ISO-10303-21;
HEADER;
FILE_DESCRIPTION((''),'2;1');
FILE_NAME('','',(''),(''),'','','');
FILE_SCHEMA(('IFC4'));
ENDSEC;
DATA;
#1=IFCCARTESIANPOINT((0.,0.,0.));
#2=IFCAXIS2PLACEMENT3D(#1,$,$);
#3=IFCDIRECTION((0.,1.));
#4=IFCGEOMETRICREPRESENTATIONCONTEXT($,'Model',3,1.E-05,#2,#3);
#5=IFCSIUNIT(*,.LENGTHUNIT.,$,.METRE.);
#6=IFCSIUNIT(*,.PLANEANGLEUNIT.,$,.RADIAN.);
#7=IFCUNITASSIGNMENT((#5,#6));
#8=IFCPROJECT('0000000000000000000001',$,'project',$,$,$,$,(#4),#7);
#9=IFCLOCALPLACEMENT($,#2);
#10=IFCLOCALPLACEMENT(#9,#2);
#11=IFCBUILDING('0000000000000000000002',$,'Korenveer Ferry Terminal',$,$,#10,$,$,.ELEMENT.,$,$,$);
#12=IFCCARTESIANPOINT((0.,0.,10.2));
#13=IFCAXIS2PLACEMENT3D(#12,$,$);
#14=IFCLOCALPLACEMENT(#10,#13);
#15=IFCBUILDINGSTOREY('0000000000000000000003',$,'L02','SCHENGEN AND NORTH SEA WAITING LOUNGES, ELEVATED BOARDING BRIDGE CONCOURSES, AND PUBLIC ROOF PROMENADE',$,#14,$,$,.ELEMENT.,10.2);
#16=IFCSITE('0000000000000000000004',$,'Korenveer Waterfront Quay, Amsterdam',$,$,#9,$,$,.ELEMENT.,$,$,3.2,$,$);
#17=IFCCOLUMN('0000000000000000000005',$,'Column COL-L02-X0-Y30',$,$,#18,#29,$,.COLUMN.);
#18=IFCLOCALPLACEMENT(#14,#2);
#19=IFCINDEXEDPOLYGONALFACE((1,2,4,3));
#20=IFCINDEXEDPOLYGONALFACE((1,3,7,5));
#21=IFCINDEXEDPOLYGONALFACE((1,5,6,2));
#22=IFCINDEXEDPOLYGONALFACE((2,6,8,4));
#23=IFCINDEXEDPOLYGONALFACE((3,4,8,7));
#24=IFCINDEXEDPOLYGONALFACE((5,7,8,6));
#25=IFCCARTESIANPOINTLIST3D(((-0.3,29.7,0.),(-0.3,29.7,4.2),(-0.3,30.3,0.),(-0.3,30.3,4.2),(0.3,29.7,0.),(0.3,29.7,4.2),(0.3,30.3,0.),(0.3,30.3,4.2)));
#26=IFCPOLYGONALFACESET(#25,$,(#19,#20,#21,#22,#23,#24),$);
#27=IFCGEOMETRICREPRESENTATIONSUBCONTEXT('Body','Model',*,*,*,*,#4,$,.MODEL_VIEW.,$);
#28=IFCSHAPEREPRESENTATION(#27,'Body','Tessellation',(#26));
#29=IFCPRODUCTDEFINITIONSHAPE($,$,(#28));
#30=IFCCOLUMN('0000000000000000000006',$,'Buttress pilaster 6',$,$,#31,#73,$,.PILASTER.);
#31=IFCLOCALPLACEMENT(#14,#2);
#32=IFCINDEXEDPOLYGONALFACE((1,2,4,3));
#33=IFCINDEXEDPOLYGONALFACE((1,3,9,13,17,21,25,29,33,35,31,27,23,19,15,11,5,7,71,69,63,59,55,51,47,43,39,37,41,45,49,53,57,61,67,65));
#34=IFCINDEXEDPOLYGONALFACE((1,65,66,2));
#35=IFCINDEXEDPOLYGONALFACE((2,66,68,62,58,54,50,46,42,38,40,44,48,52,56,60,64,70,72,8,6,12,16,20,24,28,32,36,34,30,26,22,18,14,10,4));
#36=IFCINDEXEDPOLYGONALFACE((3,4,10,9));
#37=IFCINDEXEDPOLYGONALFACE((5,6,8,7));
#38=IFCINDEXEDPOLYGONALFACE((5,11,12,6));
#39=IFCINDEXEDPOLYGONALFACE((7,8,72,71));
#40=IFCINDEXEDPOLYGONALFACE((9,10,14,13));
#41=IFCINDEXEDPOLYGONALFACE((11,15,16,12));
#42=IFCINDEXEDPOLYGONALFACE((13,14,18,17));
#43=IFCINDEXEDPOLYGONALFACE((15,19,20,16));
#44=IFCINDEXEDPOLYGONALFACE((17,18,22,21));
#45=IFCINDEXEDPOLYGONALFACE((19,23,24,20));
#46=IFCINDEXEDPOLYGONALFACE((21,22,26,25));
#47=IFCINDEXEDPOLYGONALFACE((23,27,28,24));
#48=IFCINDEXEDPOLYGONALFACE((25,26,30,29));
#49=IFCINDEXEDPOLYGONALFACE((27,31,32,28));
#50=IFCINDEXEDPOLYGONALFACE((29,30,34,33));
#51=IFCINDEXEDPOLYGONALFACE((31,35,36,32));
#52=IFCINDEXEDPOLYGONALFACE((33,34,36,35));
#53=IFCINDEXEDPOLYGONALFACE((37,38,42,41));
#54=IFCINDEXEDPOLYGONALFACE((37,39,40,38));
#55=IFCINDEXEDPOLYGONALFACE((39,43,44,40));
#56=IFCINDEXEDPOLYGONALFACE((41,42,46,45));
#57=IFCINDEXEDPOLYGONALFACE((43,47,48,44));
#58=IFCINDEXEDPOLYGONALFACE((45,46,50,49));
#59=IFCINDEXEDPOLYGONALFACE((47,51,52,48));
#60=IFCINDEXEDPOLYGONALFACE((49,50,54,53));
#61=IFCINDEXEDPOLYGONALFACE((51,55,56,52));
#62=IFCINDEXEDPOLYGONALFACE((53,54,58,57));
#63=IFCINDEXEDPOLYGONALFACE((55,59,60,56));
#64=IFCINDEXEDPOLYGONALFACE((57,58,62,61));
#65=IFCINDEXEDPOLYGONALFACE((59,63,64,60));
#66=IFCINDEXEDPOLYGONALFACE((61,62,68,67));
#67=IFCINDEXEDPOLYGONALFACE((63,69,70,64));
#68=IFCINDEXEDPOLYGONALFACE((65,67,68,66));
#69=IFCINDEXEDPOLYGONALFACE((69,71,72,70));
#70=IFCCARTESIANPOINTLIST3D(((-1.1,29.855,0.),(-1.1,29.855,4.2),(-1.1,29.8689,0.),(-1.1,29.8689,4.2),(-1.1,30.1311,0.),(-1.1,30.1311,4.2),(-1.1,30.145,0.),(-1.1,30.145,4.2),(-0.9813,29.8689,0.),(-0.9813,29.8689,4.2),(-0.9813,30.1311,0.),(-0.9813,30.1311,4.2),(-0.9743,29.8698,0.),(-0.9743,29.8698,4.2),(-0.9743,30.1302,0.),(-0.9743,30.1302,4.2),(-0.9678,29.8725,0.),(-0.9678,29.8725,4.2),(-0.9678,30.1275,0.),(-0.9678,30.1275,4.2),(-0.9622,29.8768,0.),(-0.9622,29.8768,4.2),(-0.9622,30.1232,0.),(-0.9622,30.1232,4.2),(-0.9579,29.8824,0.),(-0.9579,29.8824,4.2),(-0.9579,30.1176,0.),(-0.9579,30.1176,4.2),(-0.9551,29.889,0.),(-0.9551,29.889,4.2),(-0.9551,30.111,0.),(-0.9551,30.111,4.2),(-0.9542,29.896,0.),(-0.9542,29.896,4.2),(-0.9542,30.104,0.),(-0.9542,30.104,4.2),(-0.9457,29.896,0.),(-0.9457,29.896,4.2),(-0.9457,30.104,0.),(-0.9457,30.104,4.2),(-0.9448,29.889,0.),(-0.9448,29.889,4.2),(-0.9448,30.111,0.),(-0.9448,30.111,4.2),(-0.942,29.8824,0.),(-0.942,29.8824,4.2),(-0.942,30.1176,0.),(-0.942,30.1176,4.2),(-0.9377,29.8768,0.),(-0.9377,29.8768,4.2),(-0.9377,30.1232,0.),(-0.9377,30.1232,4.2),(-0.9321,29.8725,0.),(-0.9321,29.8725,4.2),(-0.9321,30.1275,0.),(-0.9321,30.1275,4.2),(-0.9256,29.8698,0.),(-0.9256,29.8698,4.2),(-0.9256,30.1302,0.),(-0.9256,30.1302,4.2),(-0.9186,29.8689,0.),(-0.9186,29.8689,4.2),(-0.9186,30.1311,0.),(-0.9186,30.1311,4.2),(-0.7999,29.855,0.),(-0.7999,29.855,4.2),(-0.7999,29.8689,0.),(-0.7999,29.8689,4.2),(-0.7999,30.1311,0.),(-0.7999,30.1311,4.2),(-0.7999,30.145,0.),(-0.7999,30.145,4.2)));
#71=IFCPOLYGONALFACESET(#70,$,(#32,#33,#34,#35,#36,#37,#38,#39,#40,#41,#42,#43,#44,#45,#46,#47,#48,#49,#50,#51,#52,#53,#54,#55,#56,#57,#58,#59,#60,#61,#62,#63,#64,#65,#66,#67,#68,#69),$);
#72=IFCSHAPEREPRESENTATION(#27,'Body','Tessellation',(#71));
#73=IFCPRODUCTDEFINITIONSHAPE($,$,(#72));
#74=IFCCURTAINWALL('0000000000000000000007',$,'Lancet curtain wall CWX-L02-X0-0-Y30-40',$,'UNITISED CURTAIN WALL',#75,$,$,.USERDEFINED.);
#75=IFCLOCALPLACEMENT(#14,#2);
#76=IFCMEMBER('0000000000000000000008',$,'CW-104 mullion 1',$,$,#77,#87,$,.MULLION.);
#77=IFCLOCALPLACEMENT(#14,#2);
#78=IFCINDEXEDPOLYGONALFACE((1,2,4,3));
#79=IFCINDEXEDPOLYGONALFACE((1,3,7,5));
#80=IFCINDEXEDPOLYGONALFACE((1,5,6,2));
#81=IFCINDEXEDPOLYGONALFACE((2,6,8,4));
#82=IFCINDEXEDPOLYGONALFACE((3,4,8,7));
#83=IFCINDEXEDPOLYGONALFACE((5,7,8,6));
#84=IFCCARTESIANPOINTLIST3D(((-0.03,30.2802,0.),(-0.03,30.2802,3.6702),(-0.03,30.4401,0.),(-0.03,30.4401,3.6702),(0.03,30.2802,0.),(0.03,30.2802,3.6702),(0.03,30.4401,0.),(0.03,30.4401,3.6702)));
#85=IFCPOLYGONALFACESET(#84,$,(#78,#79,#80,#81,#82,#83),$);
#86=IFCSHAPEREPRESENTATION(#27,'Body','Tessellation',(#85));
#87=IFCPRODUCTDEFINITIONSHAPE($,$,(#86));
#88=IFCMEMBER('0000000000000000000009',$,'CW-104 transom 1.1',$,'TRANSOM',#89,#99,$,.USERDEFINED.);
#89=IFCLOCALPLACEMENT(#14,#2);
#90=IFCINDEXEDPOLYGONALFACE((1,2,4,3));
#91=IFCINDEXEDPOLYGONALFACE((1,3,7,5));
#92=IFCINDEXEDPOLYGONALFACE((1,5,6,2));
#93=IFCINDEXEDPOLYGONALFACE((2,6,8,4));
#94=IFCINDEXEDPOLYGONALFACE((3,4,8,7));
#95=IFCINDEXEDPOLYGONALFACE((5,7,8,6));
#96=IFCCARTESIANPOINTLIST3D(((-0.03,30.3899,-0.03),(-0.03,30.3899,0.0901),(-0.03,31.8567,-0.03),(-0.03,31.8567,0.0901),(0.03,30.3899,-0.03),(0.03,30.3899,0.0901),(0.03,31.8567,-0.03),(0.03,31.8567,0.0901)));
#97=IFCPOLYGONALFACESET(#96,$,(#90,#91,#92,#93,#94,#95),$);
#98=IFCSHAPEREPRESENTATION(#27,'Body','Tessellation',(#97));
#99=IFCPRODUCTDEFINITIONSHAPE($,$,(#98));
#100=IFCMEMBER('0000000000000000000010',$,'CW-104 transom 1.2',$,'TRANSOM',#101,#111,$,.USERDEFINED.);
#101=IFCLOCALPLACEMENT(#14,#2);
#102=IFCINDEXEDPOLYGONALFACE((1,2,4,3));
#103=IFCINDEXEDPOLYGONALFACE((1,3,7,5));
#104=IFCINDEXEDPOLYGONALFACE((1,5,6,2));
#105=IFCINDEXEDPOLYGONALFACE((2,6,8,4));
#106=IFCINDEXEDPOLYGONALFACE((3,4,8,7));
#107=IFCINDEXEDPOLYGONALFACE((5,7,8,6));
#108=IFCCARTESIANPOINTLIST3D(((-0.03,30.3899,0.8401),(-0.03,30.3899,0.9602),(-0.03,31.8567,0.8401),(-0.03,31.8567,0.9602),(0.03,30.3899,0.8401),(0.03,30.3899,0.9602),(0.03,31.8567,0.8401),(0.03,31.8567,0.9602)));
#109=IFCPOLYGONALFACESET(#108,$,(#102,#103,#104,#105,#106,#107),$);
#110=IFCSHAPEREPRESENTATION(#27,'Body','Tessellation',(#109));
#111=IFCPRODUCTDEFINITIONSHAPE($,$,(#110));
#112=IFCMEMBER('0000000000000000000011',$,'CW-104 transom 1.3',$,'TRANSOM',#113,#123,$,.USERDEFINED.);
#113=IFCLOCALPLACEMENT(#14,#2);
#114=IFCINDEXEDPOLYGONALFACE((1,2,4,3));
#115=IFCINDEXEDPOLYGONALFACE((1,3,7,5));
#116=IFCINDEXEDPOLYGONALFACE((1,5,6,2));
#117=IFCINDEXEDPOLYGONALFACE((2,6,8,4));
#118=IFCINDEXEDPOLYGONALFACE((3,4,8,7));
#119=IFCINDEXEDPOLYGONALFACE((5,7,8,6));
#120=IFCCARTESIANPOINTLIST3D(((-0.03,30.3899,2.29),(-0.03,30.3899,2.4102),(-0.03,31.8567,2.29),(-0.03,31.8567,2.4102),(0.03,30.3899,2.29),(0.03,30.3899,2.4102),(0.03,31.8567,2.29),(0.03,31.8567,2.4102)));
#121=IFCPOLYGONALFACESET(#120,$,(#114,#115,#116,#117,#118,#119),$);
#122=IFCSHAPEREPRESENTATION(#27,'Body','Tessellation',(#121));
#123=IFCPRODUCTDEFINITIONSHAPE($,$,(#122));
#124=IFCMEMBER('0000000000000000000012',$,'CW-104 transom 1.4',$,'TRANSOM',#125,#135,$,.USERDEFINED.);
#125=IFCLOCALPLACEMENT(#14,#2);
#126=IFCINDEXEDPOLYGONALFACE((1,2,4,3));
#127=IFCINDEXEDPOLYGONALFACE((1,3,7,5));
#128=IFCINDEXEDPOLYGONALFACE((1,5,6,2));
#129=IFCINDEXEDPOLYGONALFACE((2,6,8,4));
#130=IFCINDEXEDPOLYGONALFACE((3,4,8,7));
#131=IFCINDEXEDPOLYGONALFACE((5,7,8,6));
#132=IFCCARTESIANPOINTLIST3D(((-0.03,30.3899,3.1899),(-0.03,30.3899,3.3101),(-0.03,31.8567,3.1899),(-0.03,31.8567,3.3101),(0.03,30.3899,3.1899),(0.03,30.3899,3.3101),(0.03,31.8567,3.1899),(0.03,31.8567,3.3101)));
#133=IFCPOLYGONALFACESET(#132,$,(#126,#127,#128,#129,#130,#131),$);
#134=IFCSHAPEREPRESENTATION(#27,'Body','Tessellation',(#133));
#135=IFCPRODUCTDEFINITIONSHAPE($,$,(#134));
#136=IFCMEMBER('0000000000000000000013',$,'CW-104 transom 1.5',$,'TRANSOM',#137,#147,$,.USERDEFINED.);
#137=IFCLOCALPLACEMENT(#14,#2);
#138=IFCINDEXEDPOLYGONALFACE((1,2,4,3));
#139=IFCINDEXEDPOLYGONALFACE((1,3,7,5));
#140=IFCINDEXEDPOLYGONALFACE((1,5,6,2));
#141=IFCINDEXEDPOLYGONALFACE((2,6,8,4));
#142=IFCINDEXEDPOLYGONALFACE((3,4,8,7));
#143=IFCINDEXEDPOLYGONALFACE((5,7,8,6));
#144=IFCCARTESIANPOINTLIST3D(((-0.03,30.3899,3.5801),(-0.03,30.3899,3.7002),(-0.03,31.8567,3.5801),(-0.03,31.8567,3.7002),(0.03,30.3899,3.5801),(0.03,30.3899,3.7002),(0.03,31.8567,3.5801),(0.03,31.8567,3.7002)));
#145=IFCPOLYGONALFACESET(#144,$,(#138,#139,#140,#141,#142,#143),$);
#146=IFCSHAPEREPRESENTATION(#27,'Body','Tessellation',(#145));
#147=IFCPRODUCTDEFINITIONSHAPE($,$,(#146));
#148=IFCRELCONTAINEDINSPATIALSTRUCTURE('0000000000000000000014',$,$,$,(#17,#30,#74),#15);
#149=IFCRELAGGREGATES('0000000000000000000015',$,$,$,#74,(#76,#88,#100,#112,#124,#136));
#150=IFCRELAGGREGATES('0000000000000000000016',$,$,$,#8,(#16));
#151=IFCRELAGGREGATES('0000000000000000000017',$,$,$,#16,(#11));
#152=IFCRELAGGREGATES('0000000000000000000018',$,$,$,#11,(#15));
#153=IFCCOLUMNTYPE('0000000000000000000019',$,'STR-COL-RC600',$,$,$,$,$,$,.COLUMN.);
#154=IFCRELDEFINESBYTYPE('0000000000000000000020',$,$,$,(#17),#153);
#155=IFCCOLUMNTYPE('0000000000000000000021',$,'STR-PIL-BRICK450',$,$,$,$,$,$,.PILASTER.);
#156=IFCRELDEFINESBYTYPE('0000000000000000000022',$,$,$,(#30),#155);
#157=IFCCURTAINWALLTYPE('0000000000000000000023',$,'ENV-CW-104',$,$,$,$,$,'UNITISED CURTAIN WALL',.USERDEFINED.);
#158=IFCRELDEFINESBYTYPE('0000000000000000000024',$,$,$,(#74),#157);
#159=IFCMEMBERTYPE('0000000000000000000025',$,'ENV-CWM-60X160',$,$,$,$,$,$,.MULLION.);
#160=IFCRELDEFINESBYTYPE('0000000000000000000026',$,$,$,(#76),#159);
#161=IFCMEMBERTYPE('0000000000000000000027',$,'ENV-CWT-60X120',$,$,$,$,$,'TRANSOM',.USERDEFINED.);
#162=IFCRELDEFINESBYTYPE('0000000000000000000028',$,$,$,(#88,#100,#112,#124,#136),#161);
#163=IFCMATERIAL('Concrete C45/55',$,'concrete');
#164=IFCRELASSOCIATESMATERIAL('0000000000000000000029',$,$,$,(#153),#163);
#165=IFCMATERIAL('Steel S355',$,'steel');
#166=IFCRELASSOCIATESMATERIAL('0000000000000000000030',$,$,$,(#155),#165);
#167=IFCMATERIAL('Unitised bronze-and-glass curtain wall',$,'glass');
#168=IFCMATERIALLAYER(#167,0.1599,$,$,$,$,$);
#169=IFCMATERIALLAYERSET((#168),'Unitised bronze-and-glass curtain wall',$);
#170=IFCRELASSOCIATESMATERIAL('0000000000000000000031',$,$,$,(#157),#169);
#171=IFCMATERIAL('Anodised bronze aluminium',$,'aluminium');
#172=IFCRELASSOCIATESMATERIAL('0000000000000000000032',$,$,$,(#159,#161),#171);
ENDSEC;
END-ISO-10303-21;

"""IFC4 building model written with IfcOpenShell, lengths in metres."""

from ifc_helpers import new_model, si_unit, direction, frame, origin, origin_2d, place, context, subcontext, project, spatial, rectangle, i_section, extrude, material, layer, layer_set, material_profile, profile_set, type_object, element, aggregate, save


model = new_model("IFC4")

# Units and contexts
model_context = context("Model", 3, precision=1e-05, world=origin(), true_north=direction((0.0, 1.0)))
body_context = subcontext(model_context, "Body", "Model", "MODEL_VIEW")
ifc_project = project(units=[si_unit("LENGTHUNIT", "METRE"), si_unit("PLANEANGLEUNIT", "RADIAN")], contexts=[model_context])

# Site, building, storey
site_placement = place(None, origin())
site = spatial("IfcSite", under=ifc_project, at=site_placement, Name="Korenveer Waterfront Quay, Amsterdam", CompositionType="ELEMENT", RefElevation=3.2)
building_placement = place(site_placement, origin())
building = spatial("IfcBuilding", under=site, at=building_placement, Name="Korenveer Ferry Terminal", CompositionType="ELEMENT")
storey_placement = place(building_placement, frame((0.0, 0.0, 10.2)))
storey = spatial("IfcBuildingStorey", under=building, at=storey_placement, Name="L02", Description="SCHENGEN AND NORTH SEA WAITING LOUNGES, ELEVATED BOARDING BRIDGE CONCOURSES, AND PUBLIC ROOF PROMENADE", CompositionType="ELEMENT", Elevation=10.2)

# Columns
ifc_material_1 = material(Name="Concrete C45/55", Category="concrete")
ifc_material_profile_1 = material_profile(ifc_material_1, rectangle(XDim=0.6001, YDim=0.6001, at=origin_2d()), Name="RC 600x600")
ifc_profile_set_1 = profile_set([ifc_material_profile_1], Name="Concrete C45/55")
column_type_1 = type_object("IfcColumnType", Name="STR-COL-RC600", PredefinedType="COLUMN", material=ifc_profile_set_1)
column_1_placement = place(storey_placement, frame((0.0, 30.0, 0.0), z_axis=(0.0, 0.0, 1.0), x_axis=(1.0, 0.0, 0.0)))
element("IfcColumn", 1, at=column_1_placement, inside=storey, type_object=column_type_1, Name="Column COL-L02-X0-Y30", PredefinedType="COLUMN", context=body_context, shape_type="SweptSolid", body=[
    extrude(rectangle(XDim=0.6001, YDim=0.6001, at=origin_2d()), origin(), (0.0, 0.0, 1.0), 4.2),
])
ifc_material_2 = material(Name="Steel S355", Category="steel")
ifc_material_profile_2 = material_profile(ifc_material_2, i_section(OverallWidth=0.3, OverallDepth=0.29, WebThickness=0.0085, FlangeThickness=0.0139, FilletRadius=0.0271, at=origin_2d()), Name="HEA 300")
ifc_profile_set_2 = profile_set([ifc_material_profile_2], Name="Steel S355")
column_type_2 = type_object("IfcColumnType", Name="STR-PIL-BRICK450", PredefinedType="PILASTER", material=ifc_profile_set_2)
column_2_placement = place(storey_placement, frame((-0.95, 30.0, 0.0), z_axis=(0.0, 0.0, 1.0), x_axis=(1.0, 0.0, 0.0)))
element("IfcColumn", 2, at=column_2_placement, inside=storey, type_object=column_type_2, Name="Buttress pilaster 6", PredefinedType="PILASTER", context=body_context, shape_type="SweptSolid", body=[
    extrude(i_section(OverallWidth=0.3, OverallDepth=0.29, WebThickness=0.0085, FlangeThickness=0.0139, FilletRadius=0.0271, at=origin_2d()), origin(), (0.0, 0.0, 1.0), 4.2),
])

# Curtain wall, members
ifc_material_3 = material(Name="Unitised bronze-and-glass curtain wall", Category="glass")
ifc_layer_1 = layer(ifc_material_3, 0.1599)
ifc_layer_set_1 = layer_set([ifc_layer_1], Name="Unitised bronze-and-glass curtain wall")
curtain_wall_type = type_object("IfcCurtainWallType", Name="ENV-CW-104", ElementType="UNITISED CURTAIN WALL", PredefinedType="USERDEFINED", material=ifc_layer_set_1)
curtain_wall_placement = place(storey_placement, frame((0.0, 30.3301, 0.0)))
curtain_wall = element("IfcCurtainWall", 3, at=curtain_wall_placement, inside=storey, type_object=curtain_wall_type, Name="Lancet curtain wall CWX-L02-X0-0-Y30-40", ObjectType="UNITISED CURTAIN WALL", PredefinedType="USERDEFINED")
ifc_material_4 = material(Name="Anodised bronze aluminium", Category="aluminium")
ifc_material_profile_3 = material_profile(ifc_material_4, rectangle(XDim=0.0601, YDim=0.1599, at=origin_2d()), Name="ALU 60x160")
ifc_profile_set_3 = profile_set([ifc_material_profile_3], Name="Anodised bronze aluminium")
member_type_1 = type_object("IfcMemberType", Name="ENV-CWM-60X160", PredefinedType="MULLION", material=ifc_profile_set_3)
member_1_placement = place(storey_placement, frame((0.0, 30.3601, 0.0), z_axis=(0.0, 0.0, 1.0), x_axis=(-1.0, 0.0, 0.0)))
member_1 = element("IfcMember", 4, at=member_1_placement, type_object=member_type_1, Name="CW-104 mullion 1", PredefinedType="MULLION", context=body_context, shape_type="SweptSolid", body=[
    extrude(rectangle(XDim=0.0601, YDim=0.1599, at=origin_2d()), origin(), (0.0, 0.0, 1.0), 3.6702),
])
ifc_material_profile_4 = material_profile(ifc_material_4, rectangle(XDim=0.0601, YDim=0.1201, at=origin_2d()), Name="ALU 60x120")
ifc_profile_set_4 = profile_set([ifc_material_profile_4], Name="Anodised bronze aluminium")
member_type_2 = type_object("IfcMemberType", Name="ENV-CWT-60X120", ElementType="TRANSOM", PredefinedType="USERDEFINED", material=ifc_profile_set_4)
member_2_placement = place(storey_placement, frame((0.0, 30.3899, 0.03), z_axis=(0.0, 1.0, 0.0), x_axis=(-1.0, 0.0, 0.0)))
member_2 = element("IfcMember", 5, at=member_2_placement, type_object=member_type_2, Name="CW-104 transom 1.1", ObjectType="TRANSOM", PredefinedType="USERDEFINED", context=body_context, shape_type="SweptSolid", body=[
    extrude(rectangle(XDim=0.0601, YDim=0.1201, at=origin_2d()), origin(), (0.0, 0.0, 1.0), 1.4668),
])
member_3_placement = place(storey_placement, frame((0.0, 30.3899, 0.9001), z_axis=(0.0, 1.0, 0.0), x_axis=(-1.0, 0.0, 0.0)))
member_3 = element("IfcMember", 6, at=member_3_placement, type_object=member_type_2, Name="CW-104 transom 1.2", ObjectType="TRANSOM", PredefinedType="USERDEFINED", context=body_context, shape_type="SweptSolid", body=[
    extrude(rectangle(XDim=0.0601, YDim=0.1201, at=origin_2d()), origin(), (0.0, 0.0, 1.0), 1.4668),
])
member_4_placement = place(storey_placement, frame((0.0, 30.3899, 2.3501), z_axis=(0.0, 1.0, 0.0), x_axis=(-1.0, 0.0, 0.0)))
member_4 = element("IfcMember", 7, at=member_4_placement, type_object=member_type_2, Name="CW-104 transom 1.3", ObjectType="TRANSOM", PredefinedType="USERDEFINED", context=body_context, shape_type="SweptSolid", body=[
    extrude(rectangle(XDim=0.0601, YDim=0.1201, at=origin_2d()), origin(), (0.0, 0.0, 1.0), 1.4668),
])
member_5_placement = place(storey_placement, frame((0.0, 30.3899, 3.25), z_axis=(0.0, 1.0, 0.0), x_axis=(-1.0, 0.0, 0.0)))
member_5 = element("IfcMember", 8, at=member_5_placement, type_object=member_type_2, Name="CW-104 transom 1.4", ObjectType="TRANSOM", PredefinedType="USERDEFINED", context=body_context, shape_type="SweptSolid", body=[
    extrude(rectangle(XDim=0.0601, YDim=0.1201, at=origin_2d()), origin(), (0.0, 0.0, 1.0), 1.4668),
])
member_6_placement = place(storey_placement, frame((0.0, 30.3899, 3.6401), z_axis=(0.0, 1.0, 0.0), x_axis=(-1.0, 0.0, 0.0)))
member_6 = element("IfcMember", 9, at=member_6_placement, type_object=member_type_2, Name="CW-104 transom 1.5", ObjectType="TRANSOM", PredefinedType="USERDEFINED", context=body_context, shape_type="SweptSolid", body=[
    extrude(rectangle(XDim=0.0601, YDim=0.1201, at=origin_2d()), origin(), (0.0, 0.0, 1.0), 1.4668),
])

aggregate(curtain_wall, [member_1, member_2, member_3, member_4, member_5, member_6])

save(model, "model.ifc")
